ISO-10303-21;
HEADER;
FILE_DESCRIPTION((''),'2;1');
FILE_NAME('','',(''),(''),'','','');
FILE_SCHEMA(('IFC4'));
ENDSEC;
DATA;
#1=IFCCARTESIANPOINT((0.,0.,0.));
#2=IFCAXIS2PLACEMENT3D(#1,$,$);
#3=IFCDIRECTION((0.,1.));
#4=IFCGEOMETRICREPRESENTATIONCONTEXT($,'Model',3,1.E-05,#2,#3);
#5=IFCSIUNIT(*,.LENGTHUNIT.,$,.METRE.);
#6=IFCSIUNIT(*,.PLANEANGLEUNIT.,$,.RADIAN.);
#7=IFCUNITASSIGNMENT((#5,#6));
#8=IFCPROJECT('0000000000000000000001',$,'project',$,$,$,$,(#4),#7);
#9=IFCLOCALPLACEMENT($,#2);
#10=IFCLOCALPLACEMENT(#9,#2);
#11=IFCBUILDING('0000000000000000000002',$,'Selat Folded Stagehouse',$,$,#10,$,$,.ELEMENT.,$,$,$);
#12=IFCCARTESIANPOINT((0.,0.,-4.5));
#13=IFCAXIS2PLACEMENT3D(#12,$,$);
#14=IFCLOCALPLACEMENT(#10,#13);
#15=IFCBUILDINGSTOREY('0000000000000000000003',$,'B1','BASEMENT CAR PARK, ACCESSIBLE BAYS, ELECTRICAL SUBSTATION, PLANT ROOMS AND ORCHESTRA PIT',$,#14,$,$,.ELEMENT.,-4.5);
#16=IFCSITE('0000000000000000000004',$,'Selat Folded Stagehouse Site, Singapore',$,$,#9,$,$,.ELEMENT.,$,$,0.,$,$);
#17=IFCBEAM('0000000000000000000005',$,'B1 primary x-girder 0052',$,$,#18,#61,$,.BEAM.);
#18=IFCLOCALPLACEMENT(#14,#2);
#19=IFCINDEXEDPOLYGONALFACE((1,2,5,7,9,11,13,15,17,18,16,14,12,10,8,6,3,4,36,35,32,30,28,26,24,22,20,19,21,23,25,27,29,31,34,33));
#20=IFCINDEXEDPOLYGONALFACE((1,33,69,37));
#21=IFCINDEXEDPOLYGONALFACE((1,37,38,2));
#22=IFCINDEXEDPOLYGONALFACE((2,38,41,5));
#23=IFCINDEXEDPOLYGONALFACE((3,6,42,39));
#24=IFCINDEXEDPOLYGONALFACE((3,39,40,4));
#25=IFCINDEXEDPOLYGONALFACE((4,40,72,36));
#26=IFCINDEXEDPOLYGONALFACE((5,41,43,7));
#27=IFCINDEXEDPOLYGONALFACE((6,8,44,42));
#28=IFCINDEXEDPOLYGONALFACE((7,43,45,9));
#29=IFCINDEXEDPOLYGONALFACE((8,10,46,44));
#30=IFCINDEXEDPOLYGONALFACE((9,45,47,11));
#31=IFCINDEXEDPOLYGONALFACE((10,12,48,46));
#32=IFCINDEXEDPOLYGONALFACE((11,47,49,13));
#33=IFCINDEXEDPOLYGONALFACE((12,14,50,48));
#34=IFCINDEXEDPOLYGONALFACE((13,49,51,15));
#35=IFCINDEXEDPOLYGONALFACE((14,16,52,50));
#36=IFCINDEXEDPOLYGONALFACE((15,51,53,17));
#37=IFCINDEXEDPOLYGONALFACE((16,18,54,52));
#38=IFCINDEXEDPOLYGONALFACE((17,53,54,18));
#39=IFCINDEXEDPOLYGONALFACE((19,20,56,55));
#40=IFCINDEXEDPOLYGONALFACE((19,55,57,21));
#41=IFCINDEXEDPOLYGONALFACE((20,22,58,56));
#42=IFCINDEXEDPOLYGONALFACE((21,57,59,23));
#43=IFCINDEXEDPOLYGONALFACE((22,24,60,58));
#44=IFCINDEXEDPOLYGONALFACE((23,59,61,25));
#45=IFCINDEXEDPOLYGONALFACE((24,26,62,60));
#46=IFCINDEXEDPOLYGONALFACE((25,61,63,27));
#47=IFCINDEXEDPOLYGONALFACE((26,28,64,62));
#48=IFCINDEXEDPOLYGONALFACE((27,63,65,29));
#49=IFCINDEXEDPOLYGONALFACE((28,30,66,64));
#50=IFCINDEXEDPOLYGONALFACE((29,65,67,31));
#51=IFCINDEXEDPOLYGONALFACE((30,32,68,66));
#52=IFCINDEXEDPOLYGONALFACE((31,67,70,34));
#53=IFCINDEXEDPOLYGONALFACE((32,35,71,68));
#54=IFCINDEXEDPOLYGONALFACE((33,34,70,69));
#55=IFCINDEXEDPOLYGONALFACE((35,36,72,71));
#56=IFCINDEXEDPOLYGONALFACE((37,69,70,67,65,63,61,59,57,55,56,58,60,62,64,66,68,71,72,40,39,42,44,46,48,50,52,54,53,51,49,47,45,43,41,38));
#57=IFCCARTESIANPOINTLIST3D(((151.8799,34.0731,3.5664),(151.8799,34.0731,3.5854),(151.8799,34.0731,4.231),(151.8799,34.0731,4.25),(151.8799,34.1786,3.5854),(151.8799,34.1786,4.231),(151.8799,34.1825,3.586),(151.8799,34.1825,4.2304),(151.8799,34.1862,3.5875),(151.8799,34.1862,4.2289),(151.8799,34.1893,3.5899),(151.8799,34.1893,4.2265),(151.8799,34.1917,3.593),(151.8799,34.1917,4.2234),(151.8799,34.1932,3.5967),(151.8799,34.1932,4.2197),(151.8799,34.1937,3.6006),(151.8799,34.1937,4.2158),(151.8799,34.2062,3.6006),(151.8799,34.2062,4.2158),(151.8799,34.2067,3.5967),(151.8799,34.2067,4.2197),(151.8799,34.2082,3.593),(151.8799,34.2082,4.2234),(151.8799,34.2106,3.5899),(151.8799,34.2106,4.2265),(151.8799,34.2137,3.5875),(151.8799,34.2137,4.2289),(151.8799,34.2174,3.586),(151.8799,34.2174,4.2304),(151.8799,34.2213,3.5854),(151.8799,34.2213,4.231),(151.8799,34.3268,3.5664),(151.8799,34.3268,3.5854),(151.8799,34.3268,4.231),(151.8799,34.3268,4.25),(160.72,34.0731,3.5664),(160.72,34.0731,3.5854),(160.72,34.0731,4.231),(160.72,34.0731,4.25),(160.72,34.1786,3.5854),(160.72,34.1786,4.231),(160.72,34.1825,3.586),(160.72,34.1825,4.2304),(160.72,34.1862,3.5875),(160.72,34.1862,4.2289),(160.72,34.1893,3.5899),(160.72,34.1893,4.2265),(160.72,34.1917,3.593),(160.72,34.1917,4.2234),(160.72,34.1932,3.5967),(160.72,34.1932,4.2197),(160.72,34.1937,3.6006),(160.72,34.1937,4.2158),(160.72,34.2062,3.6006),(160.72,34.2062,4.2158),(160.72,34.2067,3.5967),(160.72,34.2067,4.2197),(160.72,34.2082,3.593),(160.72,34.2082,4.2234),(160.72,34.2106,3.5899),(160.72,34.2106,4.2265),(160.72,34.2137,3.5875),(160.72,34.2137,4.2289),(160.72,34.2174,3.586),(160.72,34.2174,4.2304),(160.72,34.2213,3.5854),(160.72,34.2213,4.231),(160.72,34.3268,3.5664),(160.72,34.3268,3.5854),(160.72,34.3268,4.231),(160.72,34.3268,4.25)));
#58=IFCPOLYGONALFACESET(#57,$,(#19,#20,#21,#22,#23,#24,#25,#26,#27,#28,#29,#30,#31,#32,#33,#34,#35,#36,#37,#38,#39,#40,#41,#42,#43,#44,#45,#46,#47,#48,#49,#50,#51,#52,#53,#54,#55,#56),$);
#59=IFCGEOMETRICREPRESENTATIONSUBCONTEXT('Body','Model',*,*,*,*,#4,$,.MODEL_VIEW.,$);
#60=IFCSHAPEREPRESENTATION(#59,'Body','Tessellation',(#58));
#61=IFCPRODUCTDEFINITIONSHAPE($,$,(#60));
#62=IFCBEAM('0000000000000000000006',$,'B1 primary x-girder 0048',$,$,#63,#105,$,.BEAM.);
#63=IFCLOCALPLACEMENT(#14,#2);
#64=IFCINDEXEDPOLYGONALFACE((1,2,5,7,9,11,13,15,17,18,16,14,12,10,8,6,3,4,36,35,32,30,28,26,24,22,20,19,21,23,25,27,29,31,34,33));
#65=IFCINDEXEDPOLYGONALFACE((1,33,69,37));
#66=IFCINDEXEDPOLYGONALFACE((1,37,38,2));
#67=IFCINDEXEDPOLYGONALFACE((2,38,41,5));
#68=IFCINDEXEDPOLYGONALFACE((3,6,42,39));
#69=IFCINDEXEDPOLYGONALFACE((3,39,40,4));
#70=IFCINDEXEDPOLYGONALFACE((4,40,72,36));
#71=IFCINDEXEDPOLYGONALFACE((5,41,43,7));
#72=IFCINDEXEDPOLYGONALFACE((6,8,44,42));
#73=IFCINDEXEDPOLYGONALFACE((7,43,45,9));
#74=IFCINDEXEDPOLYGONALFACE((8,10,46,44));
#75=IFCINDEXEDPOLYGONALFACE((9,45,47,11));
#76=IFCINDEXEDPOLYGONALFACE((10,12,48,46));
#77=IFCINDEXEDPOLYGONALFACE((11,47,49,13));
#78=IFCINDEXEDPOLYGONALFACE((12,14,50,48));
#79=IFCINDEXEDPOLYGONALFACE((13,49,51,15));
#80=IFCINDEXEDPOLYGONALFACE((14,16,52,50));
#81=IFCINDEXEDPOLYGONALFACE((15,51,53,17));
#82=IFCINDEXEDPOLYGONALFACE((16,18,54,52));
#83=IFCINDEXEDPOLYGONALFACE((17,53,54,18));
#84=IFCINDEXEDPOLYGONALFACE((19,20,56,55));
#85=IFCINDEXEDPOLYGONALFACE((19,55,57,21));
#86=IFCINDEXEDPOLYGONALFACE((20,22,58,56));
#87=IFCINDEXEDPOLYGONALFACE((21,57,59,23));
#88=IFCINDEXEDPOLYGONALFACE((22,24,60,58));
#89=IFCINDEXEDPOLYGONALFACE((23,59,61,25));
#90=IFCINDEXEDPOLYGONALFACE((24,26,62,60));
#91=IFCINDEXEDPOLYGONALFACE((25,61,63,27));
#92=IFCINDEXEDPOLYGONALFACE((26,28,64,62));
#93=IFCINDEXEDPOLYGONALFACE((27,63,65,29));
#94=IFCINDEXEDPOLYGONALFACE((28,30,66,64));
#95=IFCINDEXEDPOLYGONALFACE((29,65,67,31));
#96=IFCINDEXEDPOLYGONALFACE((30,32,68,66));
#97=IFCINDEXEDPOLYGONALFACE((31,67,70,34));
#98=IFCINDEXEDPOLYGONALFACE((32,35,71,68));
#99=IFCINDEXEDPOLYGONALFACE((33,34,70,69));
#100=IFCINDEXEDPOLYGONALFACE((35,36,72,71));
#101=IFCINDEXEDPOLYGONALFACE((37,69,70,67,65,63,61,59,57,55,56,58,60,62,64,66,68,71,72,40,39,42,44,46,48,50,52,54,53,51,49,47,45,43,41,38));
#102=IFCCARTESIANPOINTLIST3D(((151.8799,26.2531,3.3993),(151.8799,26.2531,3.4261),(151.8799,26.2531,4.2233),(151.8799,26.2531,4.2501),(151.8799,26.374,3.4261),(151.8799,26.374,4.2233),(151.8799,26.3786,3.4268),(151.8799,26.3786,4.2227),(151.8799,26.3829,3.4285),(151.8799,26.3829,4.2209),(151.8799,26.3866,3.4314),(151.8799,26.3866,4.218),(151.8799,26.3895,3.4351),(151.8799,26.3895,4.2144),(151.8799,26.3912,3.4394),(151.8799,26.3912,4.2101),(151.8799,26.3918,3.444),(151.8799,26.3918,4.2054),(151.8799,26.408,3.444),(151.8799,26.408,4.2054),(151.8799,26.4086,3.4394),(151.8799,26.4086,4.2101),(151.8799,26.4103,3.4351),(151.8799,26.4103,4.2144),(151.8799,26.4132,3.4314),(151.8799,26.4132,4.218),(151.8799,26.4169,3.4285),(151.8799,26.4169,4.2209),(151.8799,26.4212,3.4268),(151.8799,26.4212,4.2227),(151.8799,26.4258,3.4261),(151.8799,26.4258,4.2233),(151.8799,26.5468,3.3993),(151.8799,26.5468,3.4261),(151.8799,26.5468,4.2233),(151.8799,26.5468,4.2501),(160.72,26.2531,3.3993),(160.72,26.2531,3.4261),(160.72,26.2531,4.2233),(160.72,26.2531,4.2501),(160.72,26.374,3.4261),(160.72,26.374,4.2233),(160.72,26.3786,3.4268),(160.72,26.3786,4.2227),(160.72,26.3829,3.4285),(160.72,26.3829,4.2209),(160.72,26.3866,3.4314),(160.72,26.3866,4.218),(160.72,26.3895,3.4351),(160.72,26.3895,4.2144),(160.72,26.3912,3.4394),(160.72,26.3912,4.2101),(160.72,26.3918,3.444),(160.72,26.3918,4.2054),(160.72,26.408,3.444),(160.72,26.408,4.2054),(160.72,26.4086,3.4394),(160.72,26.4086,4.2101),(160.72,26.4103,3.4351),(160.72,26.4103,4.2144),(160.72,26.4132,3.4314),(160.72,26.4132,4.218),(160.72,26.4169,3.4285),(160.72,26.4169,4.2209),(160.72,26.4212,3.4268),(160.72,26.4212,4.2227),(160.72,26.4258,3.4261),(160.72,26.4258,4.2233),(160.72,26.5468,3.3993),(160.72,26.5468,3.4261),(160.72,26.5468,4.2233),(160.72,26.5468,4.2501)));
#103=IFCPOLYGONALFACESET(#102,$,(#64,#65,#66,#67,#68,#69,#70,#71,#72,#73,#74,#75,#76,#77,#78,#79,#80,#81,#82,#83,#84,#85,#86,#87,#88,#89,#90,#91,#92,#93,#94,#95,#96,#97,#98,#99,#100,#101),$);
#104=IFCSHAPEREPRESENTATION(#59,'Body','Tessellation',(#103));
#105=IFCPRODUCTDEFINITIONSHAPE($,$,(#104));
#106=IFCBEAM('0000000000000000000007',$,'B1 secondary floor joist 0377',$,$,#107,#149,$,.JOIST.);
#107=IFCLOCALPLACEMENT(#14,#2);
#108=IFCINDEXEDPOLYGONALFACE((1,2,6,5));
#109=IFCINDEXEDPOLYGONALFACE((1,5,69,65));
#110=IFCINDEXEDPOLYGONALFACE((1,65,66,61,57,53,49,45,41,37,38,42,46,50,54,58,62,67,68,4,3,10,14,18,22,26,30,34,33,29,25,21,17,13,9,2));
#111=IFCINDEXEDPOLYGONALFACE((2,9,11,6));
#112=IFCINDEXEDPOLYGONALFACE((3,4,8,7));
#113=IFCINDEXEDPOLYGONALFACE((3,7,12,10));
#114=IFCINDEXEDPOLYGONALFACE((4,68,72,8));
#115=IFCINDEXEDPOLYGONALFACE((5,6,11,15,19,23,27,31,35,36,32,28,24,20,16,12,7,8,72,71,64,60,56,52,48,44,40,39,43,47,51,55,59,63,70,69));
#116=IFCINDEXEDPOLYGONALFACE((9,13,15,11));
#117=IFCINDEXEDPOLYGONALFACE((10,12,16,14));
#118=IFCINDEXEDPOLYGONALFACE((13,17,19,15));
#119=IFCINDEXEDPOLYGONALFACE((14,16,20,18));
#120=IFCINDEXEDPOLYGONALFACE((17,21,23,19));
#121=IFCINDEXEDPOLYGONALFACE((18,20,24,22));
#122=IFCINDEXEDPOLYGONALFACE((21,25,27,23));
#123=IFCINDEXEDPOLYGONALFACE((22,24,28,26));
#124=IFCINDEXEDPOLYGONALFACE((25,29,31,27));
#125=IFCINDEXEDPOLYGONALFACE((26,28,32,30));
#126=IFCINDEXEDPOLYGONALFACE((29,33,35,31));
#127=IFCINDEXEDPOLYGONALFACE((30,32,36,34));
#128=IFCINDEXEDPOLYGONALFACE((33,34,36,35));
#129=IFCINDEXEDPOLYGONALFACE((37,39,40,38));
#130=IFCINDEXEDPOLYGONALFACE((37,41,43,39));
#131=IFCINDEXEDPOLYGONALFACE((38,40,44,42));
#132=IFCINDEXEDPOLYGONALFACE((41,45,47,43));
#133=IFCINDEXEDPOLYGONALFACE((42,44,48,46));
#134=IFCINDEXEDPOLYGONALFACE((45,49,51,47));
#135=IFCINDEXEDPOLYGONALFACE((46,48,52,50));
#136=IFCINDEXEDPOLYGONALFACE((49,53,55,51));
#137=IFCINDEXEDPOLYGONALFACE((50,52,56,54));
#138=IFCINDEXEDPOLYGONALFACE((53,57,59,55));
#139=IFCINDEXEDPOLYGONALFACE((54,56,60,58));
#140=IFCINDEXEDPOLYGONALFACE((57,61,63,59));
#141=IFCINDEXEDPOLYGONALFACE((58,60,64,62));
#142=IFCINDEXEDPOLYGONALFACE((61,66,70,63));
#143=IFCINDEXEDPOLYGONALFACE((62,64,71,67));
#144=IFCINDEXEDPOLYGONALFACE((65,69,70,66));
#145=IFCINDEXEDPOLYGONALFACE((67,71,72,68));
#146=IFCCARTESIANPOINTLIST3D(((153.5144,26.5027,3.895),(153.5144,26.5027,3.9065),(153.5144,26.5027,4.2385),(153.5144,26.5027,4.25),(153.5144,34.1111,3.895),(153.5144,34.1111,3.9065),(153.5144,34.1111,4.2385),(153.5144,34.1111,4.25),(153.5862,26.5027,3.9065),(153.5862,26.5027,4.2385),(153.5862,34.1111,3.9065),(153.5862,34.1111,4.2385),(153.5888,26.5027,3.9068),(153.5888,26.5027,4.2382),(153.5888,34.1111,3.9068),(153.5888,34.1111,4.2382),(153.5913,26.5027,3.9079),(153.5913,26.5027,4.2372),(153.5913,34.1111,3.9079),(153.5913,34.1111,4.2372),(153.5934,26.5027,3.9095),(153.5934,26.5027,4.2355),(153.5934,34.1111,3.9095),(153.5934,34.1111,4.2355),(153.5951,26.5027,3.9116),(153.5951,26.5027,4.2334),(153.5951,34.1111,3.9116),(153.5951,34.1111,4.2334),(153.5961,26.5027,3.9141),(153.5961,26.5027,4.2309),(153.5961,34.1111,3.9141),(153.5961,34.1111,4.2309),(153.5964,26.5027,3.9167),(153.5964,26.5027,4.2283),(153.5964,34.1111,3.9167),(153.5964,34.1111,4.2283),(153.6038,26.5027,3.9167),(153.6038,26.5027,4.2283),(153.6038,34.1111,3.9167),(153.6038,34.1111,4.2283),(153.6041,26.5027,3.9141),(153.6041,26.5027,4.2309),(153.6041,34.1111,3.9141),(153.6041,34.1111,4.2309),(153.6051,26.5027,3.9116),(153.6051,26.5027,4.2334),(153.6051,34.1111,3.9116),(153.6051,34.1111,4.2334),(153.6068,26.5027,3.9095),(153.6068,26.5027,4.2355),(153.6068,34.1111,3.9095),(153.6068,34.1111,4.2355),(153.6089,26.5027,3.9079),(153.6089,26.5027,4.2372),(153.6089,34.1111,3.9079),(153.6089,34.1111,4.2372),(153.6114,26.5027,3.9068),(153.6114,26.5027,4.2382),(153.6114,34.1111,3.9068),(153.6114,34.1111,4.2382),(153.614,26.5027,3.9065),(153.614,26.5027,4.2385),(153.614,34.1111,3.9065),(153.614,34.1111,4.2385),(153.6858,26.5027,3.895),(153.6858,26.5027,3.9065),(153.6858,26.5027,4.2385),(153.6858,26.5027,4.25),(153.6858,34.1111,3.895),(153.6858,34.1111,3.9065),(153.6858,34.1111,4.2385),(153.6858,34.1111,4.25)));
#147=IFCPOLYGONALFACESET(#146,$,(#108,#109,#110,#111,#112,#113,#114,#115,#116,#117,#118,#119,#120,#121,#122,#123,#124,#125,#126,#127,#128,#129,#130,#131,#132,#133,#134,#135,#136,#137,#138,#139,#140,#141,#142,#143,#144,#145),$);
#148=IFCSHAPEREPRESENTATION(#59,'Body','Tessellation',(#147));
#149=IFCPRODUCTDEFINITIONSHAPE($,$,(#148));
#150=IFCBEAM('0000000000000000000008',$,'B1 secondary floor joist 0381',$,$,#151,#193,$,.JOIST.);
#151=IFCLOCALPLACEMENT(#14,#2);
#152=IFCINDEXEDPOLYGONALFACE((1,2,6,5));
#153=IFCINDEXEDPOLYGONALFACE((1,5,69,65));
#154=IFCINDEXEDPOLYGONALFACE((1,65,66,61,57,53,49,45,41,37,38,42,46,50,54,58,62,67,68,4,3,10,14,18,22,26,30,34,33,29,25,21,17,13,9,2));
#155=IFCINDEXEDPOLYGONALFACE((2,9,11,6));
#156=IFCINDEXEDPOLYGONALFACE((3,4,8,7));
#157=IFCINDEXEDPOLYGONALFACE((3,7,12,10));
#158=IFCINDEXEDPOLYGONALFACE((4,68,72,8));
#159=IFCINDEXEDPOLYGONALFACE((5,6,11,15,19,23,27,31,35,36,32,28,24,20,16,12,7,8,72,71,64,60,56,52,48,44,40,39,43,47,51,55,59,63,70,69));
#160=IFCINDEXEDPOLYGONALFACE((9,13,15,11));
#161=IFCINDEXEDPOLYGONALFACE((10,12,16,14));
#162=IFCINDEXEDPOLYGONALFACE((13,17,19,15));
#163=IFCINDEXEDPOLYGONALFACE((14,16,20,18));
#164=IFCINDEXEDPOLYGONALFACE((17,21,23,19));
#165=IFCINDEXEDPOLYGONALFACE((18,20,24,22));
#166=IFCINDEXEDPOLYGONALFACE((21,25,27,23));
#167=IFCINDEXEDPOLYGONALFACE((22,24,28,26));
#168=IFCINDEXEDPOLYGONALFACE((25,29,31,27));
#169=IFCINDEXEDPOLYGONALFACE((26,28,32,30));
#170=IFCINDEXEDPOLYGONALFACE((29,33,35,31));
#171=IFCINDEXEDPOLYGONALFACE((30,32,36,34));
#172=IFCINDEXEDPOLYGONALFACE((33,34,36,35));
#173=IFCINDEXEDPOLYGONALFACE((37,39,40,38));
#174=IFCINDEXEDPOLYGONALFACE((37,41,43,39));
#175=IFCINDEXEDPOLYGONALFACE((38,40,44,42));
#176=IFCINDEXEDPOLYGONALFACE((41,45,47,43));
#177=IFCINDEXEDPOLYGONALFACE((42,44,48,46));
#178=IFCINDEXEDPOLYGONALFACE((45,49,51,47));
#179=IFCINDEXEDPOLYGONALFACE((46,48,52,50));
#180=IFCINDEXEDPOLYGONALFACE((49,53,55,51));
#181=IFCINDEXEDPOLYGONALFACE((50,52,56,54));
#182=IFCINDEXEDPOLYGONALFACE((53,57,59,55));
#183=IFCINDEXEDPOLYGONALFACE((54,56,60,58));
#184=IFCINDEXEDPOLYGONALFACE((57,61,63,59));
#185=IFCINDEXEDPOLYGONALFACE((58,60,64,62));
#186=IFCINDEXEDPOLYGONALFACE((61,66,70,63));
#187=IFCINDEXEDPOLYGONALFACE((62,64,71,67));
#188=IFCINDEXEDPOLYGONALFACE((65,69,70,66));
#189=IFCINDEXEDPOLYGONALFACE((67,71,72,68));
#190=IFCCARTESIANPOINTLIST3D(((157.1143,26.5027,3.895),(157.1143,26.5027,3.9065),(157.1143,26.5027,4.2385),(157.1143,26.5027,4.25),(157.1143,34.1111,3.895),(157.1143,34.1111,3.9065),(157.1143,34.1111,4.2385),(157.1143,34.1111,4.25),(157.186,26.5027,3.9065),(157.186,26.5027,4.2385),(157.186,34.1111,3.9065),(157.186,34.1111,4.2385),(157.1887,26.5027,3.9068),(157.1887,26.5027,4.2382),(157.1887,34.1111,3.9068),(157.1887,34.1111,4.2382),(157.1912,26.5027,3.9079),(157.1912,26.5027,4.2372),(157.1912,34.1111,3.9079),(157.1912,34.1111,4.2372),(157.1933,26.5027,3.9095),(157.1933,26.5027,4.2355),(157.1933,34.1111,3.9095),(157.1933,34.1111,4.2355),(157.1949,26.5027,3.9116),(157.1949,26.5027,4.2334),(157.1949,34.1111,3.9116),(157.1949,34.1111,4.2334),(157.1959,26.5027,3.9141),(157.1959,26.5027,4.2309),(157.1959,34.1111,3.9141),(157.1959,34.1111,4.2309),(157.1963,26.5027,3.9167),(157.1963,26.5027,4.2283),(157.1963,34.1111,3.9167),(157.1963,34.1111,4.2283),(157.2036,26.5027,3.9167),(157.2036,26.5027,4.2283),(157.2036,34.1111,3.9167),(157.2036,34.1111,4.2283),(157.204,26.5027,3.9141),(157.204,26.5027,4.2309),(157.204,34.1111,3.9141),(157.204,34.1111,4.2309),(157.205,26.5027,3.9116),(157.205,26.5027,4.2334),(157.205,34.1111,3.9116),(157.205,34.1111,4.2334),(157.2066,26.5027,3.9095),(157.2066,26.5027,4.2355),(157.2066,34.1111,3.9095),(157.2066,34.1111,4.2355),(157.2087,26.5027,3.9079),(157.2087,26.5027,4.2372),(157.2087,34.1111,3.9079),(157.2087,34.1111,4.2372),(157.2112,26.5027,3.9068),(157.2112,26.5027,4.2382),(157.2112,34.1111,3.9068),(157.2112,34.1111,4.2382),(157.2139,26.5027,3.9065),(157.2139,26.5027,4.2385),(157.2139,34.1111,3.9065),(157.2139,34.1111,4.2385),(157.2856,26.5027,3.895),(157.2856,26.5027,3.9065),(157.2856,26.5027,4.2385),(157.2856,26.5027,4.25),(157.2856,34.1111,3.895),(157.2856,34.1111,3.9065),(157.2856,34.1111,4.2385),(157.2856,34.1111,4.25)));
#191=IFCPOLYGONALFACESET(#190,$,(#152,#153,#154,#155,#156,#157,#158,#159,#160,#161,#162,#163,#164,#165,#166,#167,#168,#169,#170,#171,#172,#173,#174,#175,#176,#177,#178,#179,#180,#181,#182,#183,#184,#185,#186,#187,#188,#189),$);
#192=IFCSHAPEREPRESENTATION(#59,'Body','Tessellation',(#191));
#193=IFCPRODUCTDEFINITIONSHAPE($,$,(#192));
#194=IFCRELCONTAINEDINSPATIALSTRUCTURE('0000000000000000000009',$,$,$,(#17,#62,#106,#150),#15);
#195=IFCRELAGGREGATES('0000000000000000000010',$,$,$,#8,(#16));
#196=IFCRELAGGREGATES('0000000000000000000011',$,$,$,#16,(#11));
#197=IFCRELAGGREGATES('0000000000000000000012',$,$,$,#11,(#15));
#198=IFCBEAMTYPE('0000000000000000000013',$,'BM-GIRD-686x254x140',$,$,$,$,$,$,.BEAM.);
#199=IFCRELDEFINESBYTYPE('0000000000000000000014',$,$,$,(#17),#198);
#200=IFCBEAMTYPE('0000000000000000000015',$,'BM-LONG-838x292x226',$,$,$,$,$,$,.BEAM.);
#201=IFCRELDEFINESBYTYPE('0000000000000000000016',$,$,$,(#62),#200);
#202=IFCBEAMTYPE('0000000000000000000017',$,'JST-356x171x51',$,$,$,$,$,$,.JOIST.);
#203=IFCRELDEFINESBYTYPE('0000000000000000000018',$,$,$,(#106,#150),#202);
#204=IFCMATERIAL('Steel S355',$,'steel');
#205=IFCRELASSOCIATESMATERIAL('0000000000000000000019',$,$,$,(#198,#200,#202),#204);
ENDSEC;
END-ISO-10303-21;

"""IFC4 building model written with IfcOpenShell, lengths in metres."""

from ifc_helpers import new_model, si_unit, direction, frame, origin, origin_2d, place, context, subcontext, project, spatial, i_section, extrude, material, material_profile, profile_set, type_object, element, save


model = new_model("IFC4")

# Units and contexts
model_context = context("Model", 3, precision=1e-05, world=origin(), true_north=direction((0.0, 1.0)))
body_context = subcontext(model_context, "Body", "Model", "MODEL_VIEW")
ifc_project = project(units=[si_unit("LENGTHUNIT", "METRE"), si_unit("PLANEANGLEUNIT", "RADIAN")], contexts=[model_context])

# Site, building, storey
site_placement = place(None, origin())
site = spatial("IfcSite", under=ifc_project, at=site_placement, Name="Selat Folded Stagehouse Site, Singapore", CompositionType="ELEMENT", RefElevation=0.0)
building_placement = place(site_placement, origin())
building = spatial("IfcBuilding", under=site, at=building_placement, Name="Selat Folded Stagehouse", CompositionType="ELEMENT")
storey_placement = place(building_placement, frame((0.0, 0.0, -4.5)))
storey = spatial("IfcBuildingStorey", under=building, at=storey_placement, Name="B1", Description="BASEMENT CAR PARK, ACCESSIBLE BAYS, ELECTRICAL SUBSTATION, PLANT ROOMS AND ORCHESTRA PIT", CompositionType="ELEMENT", Elevation=-4.5)

# Shared definitions
ifc_material_1 = material(Name="Steel S355", Category="steel")

# Beams
ifc_material_profile_1 = material_profile(ifc_material_1, i_section(OverallWidth=0.2537, OverallDepth=0.6836, WebThickness=0.0125, FlangeThickness=0.019, FilletRadius=0.0151, at=origin_2d()), Name="UKB 686x254x140")
ifc_profile_set_1 = profile_set([ifc_material_profile_1], Name="Steel S355")
beam_type_1 = type_object("IfcBeamType", Name="BM-GIRD-686x254x140", PredefinedType="BEAM", material=ifc_profile_set_1)
beam_1_placement = place(storey_placement, frame((151.8799, 34.2, 3.9082), z_axis=(1.0, 0.0, 0.0), x_axis=(0.0, 1.0, 0.0)))
element("IfcBeam", 1, at=beam_1_placement, inside=storey, type_object=beam_type_1, Name="B1 primary x-girder 0052", PredefinedType="BEAM", context=body_context, shape_type="SweptSolid", body=[
    extrude(i_section(OverallWidth=0.2537, OverallDepth=0.6836, WebThickness=0.0125, FlangeThickness=0.019, FilletRadius=0.0151, at=origin_2d()), origin(), (0.0, 0.0, 1.0), 8.8401),
])
ifc_material_profile_2 = material_profile(ifc_material_1, i_section(OverallWidth=0.2937, OverallDepth=0.8508, WebThickness=0.0161, FlangeThickness=0.0269, FilletRadius=0.0178, at=origin_2d()), Name="UKB 838x292x226")
ifc_profile_set_2 = profile_set([ifc_material_profile_2], Name="Steel S355")
beam_type_2 = type_object("IfcBeamType", Name="BM-LONG-838x292x226", PredefinedType="BEAM", material=ifc_profile_set_2)
beam_2_placement = place(storey_placement, frame((151.8799, 26.3999, 3.8247), z_axis=(1.0, 0.0, 0.0), x_axis=(0.0, 1.0, 0.0)))
element("IfcBeam", 2, at=beam_2_placement, inside=storey, type_object=beam_type_2, Name="B1 primary x-girder 0048", PredefinedType="BEAM", context=body_context, shape_type="SweptSolid", body=[
    extrude(i_section(OverallWidth=0.2937, OverallDepth=0.8508, WebThickness=0.0161, FlangeThickness=0.0269, FilletRadius=0.0178, at=origin_2d()), origin(), (0.0, 0.0, 1.0), 8.8401),
])
ifc_material_profile_3 = material_profile(ifc_material_1, i_section(OverallWidth=0.1714, OverallDepth=0.355, WebThickness=0.0073, FlangeThickness=0.0115, FilletRadius=0.0103, at=origin_2d()), Name="UKB 356x171x51")
ifc_profile_set_3 = profile_set([ifc_material_profile_3], Name="Steel S355")
beam_type_3 = type_object("IfcBeamType", Name="JST-356x171x51", PredefinedType="JOIST", material=ifc_profile_set_3)
for number, where, z_axis, x_axis, name in (
    (3, (153.6001, 26.5027, 4.0725), (0.0, 1.0, 0.0), (-1.0, 0.0, 0.0), "B1 secondary floor joist 0377"),
    (4, (157.2, 26.5027, 4.0725), (0.0, 1.0, 0.0), (-1.0, 0.0, 0.0), "B1 secondary floor joist 0381"),
):
    element("IfcBeam", number, at=place(storey_placement, frame(where, z_axis=z_axis, x_axis=x_axis)), inside=storey, type_object=beam_type_3, Name=name, PredefinedType="JOIST", context=body_context, shape_type="SweptSolid", body=[
        extrude(i_section(OverallWidth=0.1714, OverallDepth=0.355, WebThickness=0.0073, FlangeThickness=0.0115, FilletRadius=0.0103, at=origin_2d()), origin(), (0.0, 0.0, 1.0), 7.6084),
    ])

save(model, "model.ifc")
